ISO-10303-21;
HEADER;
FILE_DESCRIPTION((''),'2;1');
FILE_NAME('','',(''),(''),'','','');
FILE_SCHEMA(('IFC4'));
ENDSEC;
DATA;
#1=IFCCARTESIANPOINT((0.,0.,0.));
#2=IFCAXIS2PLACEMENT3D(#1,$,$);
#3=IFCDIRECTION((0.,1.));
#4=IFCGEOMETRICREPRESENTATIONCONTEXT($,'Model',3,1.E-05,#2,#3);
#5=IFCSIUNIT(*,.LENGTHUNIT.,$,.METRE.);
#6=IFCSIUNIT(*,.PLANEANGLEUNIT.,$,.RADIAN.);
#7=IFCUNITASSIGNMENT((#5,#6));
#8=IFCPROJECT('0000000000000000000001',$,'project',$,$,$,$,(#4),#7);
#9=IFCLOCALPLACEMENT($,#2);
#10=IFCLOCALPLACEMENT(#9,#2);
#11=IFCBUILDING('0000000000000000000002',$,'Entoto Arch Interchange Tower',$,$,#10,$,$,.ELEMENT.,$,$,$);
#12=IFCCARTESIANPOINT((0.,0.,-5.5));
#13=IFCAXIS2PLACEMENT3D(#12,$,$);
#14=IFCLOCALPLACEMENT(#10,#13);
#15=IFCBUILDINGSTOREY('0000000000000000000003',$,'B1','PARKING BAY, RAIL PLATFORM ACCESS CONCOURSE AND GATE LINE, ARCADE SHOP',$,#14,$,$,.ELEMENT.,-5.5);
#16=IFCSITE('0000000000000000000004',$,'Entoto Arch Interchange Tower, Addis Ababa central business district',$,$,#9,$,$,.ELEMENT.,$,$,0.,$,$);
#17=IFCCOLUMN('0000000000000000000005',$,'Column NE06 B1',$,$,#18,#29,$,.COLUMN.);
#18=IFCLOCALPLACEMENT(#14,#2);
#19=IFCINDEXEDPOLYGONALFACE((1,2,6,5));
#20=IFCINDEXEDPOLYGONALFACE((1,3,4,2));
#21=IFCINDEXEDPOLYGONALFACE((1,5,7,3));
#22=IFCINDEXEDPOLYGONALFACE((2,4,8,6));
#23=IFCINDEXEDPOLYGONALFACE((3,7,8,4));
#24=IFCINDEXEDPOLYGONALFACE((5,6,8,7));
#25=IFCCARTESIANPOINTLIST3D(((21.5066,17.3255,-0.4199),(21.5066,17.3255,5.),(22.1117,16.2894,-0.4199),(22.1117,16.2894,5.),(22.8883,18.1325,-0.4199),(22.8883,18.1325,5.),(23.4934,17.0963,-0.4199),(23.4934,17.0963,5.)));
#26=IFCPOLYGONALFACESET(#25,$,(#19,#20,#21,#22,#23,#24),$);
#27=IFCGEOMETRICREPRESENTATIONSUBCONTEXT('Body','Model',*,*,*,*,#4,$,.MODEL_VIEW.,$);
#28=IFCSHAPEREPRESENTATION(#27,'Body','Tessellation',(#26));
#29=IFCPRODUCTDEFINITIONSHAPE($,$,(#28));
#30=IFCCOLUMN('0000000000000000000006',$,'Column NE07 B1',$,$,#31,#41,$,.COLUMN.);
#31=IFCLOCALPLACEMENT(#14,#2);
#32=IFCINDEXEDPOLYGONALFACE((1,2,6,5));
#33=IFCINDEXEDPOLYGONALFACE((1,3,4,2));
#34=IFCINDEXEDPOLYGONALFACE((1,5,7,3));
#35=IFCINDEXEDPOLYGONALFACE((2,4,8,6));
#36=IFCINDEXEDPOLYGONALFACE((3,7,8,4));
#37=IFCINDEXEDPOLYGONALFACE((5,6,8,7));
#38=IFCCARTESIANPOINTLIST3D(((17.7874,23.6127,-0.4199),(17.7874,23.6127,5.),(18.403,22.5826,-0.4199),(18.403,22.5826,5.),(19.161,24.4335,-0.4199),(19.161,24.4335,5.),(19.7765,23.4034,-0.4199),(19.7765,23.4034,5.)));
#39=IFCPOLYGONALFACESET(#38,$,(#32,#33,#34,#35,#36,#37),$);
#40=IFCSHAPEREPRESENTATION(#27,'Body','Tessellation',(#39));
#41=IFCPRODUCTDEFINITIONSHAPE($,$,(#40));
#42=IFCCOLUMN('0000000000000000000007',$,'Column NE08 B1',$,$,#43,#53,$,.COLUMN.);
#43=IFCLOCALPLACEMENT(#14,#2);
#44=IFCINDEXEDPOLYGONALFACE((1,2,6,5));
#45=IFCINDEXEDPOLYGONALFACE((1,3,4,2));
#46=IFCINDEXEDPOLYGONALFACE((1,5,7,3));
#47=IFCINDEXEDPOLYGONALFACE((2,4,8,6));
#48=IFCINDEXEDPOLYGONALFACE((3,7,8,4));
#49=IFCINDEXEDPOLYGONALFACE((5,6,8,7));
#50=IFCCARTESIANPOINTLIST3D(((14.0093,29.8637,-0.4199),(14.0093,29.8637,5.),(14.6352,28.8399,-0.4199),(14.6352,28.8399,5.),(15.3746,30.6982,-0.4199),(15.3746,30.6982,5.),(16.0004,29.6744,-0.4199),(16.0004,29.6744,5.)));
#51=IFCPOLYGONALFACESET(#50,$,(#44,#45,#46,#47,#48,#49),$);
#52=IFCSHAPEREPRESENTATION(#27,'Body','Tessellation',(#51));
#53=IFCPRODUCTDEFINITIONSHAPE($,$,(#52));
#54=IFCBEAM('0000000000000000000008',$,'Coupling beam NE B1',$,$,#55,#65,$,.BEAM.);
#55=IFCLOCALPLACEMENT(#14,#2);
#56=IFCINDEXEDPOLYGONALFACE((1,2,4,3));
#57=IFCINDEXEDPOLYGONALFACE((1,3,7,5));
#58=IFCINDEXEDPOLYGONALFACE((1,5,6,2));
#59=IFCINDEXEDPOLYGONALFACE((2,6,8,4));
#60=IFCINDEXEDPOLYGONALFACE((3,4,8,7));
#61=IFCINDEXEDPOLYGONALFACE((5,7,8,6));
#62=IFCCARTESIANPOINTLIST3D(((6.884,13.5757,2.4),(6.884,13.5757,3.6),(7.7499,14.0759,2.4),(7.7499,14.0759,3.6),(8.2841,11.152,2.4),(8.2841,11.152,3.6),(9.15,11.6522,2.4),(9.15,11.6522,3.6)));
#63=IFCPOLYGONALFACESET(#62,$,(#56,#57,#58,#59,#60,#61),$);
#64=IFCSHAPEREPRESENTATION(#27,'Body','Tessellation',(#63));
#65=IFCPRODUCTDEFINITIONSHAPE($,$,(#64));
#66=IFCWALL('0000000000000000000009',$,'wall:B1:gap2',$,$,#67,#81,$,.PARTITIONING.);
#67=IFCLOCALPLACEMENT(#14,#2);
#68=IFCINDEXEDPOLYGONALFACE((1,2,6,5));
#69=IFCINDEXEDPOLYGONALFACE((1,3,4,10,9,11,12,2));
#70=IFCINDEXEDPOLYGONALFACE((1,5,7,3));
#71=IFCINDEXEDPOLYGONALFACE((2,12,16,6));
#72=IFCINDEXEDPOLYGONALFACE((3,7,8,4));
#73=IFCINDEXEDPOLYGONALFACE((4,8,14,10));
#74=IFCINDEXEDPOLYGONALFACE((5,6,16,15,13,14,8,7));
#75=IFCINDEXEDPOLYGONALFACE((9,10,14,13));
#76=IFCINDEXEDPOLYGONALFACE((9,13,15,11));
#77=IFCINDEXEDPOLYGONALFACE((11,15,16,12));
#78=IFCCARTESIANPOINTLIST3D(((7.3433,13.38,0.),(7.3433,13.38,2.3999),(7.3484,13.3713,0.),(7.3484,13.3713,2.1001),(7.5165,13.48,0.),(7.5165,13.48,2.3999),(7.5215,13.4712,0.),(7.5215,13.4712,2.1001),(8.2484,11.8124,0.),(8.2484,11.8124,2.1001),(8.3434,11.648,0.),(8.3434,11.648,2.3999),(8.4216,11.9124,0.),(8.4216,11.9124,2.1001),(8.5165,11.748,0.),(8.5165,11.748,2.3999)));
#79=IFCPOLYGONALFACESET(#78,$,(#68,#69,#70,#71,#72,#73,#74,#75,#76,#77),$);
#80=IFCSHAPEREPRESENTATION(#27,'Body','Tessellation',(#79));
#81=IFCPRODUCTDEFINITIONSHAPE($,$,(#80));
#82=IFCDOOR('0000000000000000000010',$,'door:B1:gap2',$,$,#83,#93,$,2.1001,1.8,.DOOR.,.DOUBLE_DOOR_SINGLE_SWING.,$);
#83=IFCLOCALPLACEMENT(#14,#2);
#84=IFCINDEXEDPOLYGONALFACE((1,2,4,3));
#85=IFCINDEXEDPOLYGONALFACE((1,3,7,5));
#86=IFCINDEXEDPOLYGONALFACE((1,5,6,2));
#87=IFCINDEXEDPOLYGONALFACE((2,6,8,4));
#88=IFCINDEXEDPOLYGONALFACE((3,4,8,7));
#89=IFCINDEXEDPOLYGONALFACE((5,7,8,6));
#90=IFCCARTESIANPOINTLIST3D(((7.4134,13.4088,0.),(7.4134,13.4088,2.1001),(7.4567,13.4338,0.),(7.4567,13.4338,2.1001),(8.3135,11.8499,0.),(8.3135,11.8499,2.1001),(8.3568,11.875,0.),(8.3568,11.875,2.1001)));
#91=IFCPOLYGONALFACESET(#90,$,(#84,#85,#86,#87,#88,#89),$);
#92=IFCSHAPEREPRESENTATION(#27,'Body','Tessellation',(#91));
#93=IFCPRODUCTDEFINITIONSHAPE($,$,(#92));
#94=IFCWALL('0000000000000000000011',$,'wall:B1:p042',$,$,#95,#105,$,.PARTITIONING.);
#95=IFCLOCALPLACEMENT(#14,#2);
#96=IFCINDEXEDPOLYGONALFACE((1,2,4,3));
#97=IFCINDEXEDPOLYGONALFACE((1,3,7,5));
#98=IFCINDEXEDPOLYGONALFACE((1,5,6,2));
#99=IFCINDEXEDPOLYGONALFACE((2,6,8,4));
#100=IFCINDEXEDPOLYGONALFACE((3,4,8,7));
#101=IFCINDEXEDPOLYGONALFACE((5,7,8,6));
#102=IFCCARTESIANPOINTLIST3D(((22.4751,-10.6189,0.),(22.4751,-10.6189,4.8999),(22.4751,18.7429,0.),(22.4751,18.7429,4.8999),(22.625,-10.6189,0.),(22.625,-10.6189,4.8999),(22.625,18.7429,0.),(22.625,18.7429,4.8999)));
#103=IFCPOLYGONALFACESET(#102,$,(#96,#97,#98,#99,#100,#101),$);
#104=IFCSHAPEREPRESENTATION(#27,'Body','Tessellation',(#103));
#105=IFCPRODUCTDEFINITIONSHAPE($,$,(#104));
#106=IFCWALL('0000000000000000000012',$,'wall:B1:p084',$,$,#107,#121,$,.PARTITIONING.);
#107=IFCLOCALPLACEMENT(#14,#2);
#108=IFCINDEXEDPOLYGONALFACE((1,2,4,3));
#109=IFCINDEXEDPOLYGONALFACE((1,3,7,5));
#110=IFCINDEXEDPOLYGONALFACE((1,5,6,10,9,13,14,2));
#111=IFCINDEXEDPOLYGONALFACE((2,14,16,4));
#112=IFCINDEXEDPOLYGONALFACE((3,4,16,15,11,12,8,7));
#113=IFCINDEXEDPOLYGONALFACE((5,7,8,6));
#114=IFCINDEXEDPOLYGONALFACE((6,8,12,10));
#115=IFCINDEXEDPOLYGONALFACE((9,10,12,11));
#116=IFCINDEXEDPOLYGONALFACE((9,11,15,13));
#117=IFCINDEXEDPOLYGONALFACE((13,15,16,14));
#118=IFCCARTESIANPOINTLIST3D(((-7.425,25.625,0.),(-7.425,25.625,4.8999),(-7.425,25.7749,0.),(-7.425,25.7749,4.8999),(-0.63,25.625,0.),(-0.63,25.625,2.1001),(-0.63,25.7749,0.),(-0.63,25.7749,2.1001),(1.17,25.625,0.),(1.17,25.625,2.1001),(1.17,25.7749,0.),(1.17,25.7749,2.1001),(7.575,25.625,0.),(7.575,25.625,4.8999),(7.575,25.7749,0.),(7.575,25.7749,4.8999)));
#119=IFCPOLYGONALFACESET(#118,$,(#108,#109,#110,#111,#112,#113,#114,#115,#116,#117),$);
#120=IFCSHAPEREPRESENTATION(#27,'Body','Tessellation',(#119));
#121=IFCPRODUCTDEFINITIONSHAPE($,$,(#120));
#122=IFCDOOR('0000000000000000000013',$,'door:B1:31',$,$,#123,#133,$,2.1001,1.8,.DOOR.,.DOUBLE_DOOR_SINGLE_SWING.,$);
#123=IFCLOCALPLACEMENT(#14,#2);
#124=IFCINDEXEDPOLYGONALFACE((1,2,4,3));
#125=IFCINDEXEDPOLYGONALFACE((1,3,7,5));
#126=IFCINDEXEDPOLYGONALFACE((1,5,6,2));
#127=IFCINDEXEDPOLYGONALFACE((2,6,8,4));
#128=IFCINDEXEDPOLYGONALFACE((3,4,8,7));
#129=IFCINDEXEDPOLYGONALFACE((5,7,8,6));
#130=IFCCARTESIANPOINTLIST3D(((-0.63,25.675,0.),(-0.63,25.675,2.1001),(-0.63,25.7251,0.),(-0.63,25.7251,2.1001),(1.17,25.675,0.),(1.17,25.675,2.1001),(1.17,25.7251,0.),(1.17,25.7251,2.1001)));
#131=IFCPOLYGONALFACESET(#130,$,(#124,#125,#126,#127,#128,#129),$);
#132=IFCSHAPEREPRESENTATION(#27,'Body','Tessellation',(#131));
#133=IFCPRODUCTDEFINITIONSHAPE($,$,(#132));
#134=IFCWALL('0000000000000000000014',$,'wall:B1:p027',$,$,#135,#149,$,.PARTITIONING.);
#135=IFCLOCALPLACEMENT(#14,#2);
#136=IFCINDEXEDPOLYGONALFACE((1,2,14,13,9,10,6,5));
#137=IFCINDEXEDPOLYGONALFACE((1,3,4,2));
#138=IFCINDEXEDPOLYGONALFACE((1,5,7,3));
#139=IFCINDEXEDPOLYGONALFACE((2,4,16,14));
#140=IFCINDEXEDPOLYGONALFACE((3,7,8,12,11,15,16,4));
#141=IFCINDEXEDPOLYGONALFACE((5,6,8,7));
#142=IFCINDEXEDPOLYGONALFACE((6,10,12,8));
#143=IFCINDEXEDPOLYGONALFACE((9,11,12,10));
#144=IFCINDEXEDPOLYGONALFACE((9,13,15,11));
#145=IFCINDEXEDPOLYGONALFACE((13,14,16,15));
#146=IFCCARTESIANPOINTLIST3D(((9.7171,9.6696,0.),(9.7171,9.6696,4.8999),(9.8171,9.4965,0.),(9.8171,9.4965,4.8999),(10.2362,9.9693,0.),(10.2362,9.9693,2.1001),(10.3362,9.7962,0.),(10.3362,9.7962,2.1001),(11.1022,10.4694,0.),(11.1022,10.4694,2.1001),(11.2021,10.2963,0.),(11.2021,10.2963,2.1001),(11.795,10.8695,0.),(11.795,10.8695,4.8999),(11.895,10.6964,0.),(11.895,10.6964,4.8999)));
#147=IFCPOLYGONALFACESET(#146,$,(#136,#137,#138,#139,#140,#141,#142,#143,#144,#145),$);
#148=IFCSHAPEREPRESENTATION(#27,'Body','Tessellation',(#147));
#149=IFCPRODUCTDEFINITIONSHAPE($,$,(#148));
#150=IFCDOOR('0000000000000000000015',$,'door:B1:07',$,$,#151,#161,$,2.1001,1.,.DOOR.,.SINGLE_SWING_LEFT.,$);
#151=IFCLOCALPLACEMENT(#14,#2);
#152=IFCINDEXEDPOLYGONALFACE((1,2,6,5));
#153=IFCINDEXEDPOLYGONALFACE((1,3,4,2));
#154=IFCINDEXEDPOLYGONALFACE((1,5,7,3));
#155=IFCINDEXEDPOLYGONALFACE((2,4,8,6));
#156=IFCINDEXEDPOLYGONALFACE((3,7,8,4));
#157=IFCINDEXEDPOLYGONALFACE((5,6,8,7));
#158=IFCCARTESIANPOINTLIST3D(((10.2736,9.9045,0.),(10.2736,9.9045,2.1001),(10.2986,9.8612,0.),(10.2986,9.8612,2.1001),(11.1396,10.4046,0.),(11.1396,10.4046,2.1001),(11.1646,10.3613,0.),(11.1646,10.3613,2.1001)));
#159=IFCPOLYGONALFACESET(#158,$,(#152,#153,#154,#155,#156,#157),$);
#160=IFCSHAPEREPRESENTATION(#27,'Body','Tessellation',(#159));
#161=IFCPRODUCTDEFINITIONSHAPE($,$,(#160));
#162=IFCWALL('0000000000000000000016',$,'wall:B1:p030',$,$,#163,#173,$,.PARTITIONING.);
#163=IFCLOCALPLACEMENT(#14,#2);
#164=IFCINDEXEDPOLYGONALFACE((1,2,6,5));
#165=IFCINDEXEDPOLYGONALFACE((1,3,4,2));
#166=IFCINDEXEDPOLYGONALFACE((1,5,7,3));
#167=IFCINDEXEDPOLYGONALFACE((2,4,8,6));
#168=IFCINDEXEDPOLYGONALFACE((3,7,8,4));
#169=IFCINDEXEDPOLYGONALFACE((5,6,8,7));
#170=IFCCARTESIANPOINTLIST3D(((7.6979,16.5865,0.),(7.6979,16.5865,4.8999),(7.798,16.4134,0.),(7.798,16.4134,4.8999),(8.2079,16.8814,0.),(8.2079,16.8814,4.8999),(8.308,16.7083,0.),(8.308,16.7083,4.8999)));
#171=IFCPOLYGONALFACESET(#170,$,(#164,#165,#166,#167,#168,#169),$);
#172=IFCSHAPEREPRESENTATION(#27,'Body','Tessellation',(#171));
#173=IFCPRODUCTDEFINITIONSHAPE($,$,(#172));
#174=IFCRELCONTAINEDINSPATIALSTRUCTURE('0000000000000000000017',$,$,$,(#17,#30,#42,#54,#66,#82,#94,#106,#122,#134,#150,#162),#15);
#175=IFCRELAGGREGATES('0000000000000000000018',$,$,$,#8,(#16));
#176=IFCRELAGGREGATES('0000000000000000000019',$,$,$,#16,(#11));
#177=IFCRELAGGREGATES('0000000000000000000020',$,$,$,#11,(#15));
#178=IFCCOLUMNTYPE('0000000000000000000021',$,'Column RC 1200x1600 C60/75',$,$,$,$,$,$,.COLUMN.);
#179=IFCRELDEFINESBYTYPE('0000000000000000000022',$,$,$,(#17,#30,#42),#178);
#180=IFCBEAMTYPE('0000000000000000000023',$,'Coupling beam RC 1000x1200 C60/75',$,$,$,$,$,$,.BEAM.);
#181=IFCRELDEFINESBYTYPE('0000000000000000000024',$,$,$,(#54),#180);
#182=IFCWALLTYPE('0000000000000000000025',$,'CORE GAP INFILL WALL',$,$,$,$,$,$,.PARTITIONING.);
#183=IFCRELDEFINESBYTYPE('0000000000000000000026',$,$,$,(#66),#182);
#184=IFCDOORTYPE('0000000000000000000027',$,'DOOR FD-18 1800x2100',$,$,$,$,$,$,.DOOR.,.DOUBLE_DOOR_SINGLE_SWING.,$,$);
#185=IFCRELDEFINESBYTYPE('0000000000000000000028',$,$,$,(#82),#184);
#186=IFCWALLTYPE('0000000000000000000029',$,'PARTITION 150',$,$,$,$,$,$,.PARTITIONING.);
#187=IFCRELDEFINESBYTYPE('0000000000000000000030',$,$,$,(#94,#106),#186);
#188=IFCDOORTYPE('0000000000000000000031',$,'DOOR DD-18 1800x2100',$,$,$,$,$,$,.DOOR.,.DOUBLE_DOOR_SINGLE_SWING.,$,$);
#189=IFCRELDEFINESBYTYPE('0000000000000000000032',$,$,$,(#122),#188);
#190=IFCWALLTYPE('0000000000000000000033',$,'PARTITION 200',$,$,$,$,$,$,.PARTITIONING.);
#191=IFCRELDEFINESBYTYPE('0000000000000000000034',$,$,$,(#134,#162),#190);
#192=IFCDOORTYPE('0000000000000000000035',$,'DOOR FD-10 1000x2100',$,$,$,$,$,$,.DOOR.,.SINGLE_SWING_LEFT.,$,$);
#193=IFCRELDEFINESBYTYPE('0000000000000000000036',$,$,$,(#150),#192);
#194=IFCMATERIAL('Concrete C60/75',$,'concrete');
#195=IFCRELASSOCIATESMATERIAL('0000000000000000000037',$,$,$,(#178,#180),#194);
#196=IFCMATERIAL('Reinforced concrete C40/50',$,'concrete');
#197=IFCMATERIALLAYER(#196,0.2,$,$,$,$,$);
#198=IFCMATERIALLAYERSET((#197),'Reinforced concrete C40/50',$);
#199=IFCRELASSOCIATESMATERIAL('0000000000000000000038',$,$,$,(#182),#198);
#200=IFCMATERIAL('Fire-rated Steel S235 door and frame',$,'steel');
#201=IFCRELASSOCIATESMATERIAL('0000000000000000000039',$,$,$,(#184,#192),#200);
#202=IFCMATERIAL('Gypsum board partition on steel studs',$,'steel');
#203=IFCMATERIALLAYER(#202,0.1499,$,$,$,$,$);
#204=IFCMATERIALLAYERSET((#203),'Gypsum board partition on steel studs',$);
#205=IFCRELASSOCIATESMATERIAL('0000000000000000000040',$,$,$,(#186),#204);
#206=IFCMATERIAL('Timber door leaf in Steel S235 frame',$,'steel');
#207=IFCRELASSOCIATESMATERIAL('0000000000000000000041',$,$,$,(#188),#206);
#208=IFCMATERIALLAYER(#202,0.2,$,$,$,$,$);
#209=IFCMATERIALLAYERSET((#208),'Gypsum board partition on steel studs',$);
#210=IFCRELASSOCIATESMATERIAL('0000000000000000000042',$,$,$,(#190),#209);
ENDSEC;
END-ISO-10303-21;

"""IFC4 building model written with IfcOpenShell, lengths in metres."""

from ifc_helpers import new_model, si_unit, direction, frame, frame_2d, origin, origin_2d, place, context, subcontext, project, spatial, rectangle, extrude, material, layer, layer_set, material_profile, profile_set, type_object, element, fill, save


model = new_model("IFC4")

# Units and contexts
model_context = context("Model", 3, precision=1e-05, world=origin(), true_north=direction((0.0, 1.0)))
body_context = subcontext(model_context, "Body", "Model", "MODEL_VIEW")
ifc_project = project(units=[si_unit("LENGTHUNIT", "METRE"), si_unit("PLANEANGLEUNIT", "RADIAN")], contexts=[model_context])

# Site, building, storey
site_placement = place(None, origin())
site = spatial("IfcSite", under=ifc_project, at=site_placement, Name="Entoto Arch Interchange Tower, Addis Ababa central business district", CompositionType="ELEMENT", RefElevation=0.0)
building_placement = place(site_placement, origin())
building = spatial("IfcBuilding", under=site, at=building_placement, Name="Entoto Arch Interchange Tower", CompositionType="ELEMENT")
storey_placement = place(building_placement, frame((0.0, 0.0, -5.5)))
storey = spatial("IfcBuildingStorey", under=building, at=storey_placement, Name="B1", Description="PARKING BAY, RAIL PLATFORM ACCESS CONCOURSE AND GATE LINE, ARCADE SHOP", CompositionType="ELEMENT", Elevation=-5.5)

# Columns
ifc_material_1 = material(Name="Concrete C60/75", Category="concrete")
ifc_material_profile_1 = material_profile(ifc_material_1, rectangle(XDim=1.2, YDim=1.6001, at=origin_2d()))
ifc_profile_set_1 = profile_set([ifc_material_profile_1], Name="Concrete C60/75")
column_type = type_object("IfcColumnType", Name="Column RC 1200x1600 C60/75", PredefinedType="COLUMN", material=ifc_profile_set_1)
for number, where, z_axis, x_axis, name in (
    (1, (22.5, 17.2109, -0.4199), (0.0, 0.0, 1.0), (-0.504332, 0.86351, 0.0), "Column NE06 B1"),
    (2, (18.782, 23.5081, -0.4199), (0.0, 0.0, 1.0), (-0.512972, 0.858405, 0.0), "Column NE07 B1"),
    (3, (15.0049, 29.769, -0.4199), (0.0, 0.0, 1.0), (-0.521546, 0.853223, 0.0), "Column NE08 B1"),
):
    element("IfcColumn", number, at=place(storey_placement, frame(where, z_axis=z_axis, x_axis=x_axis)), inside=storey, type_object=column_type, Name=name, PredefinedType="COLUMN", context=body_context, shape_type="SweptSolid", body=[
        extrude(rectangle(XDim=1.2, YDim=1.6001, at=origin_2d()), origin(), (0.0, 0.0, 1.0), 5.4199),
    ])

# Beam
ifc_material_profile_2 = material_profile(ifc_material_1, rectangle(XDim=1.0, YDim=1.2, at=origin_2d()))
ifc_profile_set_2 = profile_set([ifc_material_profile_2], Name="Concrete C60/75")
beam_type = type_object("IfcBeamType", Name="Coupling beam RC 1000x1200 C60/75", PredefinedType="BEAM", material=ifc_profile_set_2)
beam_placement = place(storey_placement, frame((8.717, 11.4021, 3.0), z_axis=(-0.500201, 0.86591, 0.0), x_axis=(-0.86591, -0.500201, 0.0)))
element("IfcBeam", 4, at=beam_placement, inside=storey, type_object=beam_type, Name="Coupling beam NE B1", PredefinedType="BEAM", context=body_context, shape_type="SweptSolid", body=[
    extrude(rectangle(XDim=1.0, YDim=1.2, at=origin_2d()), origin(), (0.0, 0.0, 1.0), 2.7991),
])

# Wall, opening, door
ifc_material_2 = material(Name="Reinforced concrete C40/50", Category="concrete")
ifc_layer_1 = layer(ifc_material_2, 0.2)
ifc_layer_set_1 = layer_set([ifc_layer_1], Name="Reinforced concrete C40/50")
wall_type_1 = type_object("IfcWallType", Name="CORE GAP INFILL WALL", PredefinedType="PARTITIONING", material=ifc_layer_set_1)
wall_1_placement = place(storey_placement, frame((8.4299, 11.698, 0.0), z_axis=(0.0, 0.0, 1.0), x_axis=(-0.500025, 0.866011, 0.0)))
wall_1 = element("IfcWall", 5, at=wall_1_placement, inside=storey, type_object=wall_type_1, Name="wall:B1:gap2", PredefinedType="PARTITIONING", context=body_context, shape_type="SweptSolid", body=[
    extrude(rectangle(XDim=2.0, YDim=0.2, at=frame_2d((1.0, 0.0))), origin(), (0.0, 0.0, 1.0), 2.3999),
])
opening_1_placement = place(wall_1_placement, frame((0.1899, 0.0, 0.0)))
opening_1 = element("IfcOpeningElement", 6, at=opening_1_placement, cuts=wall_1, PredefinedType="OPENING", context=body_context, shape_type="SweptSolid", body=[
    extrude(rectangle(XDim=1.8, YDim=2.1001, at=frame_2d((0.8999, 1.05))), frame((0.0, 0.1099, 0.0), z_axis=(0.0, -1.0, 0.0), x_axis=(1.0, 0.0, 0.0)), (0.0, 0.0, 1.0), 0.22),
])
ifc_material_3 = material(Name="Fire-rated Steel S235 door and frame", Category="steel")
door_type_1 = type_object("IfcDoorType", Name="DOOR FD-18 1800x2100", OperationType="DOUBLE_DOOR_SINGLE_SWING", PredefinedType="DOOR", material=ifc_material_3)
door_1_placement = place(opening_1_placement, origin())
door_1 = element("IfcDoor", 7, at=door_1_placement, inside=storey, type_object=door_type_1, Name="door:B1:gap2", OperationType="DOUBLE_DOOR_SINGLE_SWING", OverallHeight=2.1001, OverallWidth=1.8, PredefinedType="DOOR", context=body_context, shape_type="SweptSolid", body=[
    extrude(rectangle(XDim=1.8, YDim=2.1001, at=frame_2d((0.8999, 1.05))), frame((0.0, 0.0249, 0.0), z_axis=(0.0, -1.0, 0.0), x_axis=(1.0, 0.0, 0.0)), (0.0, 0.0, 1.0), 0.05),
])
fill(opening_1, door_1)

# Wall
ifc_material_4 = material(Name="Gypsum board partition on steel studs", Category="steel")
ifc_layer_2 = layer(ifc_material_4, 0.1499)
ifc_layer_set_2 = layer_set([ifc_layer_2], Name="Gypsum board partition on steel studs")
wall_type_2 = type_object("IfcWallType", Name="PARTITION 150", PredefinedType="PARTITIONING", material=ifc_layer_set_2)
wall_2_placement = place(storey_placement, frame((22.55, 18.7429, 0.0), z_axis=(0.0, 0.0, 1.0), x_axis=(0.0, -1.0, 0.0)))
element("IfcWall", 8, at=wall_2_placement, inside=storey, type_object=wall_type_2, Name="wall:B1:p042", PredefinedType="PARTITIONING", context=body_context, shape_type="SweptSolid", body=[
    extrude(rectangle(XDim=29.3618, YDim=0.1499, at=frame_2d((14.6809, 0.0))), origin(), (0.0, 0.0, 1.0), 4.8999),
])

# Walls, openings, doors
wall_3_placement = place(storey_placement, frame((7.575, 25.7, 0.0), z_axis=(0.0, 0.0, 1.0), x_axis=(-1.0, 0.0, 0.0)))
wall_3 = element("IfcWall", 9, at=wall_3_placement, inside=storey, type_object=wall_type_2, Name="wall:B1:p084", PredefinedType="PARTITIONING", context=body_context, shape_type="SweptSolid", body=[
    extrude(rectangle(XDim=15.0, YDim=0.1499, at=frame_2d((7.5, 0.0))), origin(), (0.0, 0.0, 1.0), 4.8999),
])
opening_2_placement = place(wall_3_placement, frame((6.405, 0.0, 0.0)))
opening_2 = element("IfcOpeningElement", 10, at=opening_2_placement, cuts=wall_3, PredefinedType="OPENING", context=body_context, shape_type="SweptSolid", body=[
    extrude(rectangle(XDim=1.8, YDim=2.1001, at=frame_2d((0.8999, 1.05))), frame((0.0, 0.085, 0.0), z_axis=(0.0, -1.0, 0.0), x_axis=(1.0, 0.0, 0.0)), (0.0, 0.0, 1.0), 0.1699),
])
ifc_material_5 = material(Name="Timber door leaf in Steel S235 frame", Category="steel")
door_type_2 = type_object("IfcDoorType", Name="DOOR DD-18 1800x2100", OperationType="DOUBLE_DOOR_SINGLE_SWING", PredefinedType="DOOR", material=ifc_material_5)
door_2_placement = place(opening_2_placement, origin())
door_2 = element("IfcDoor", 11, at=door_2_placement, inside=storey, type_object=door_type_2, Name="door:B1:31", OperationType="DOUBLE_DOOR_SINGLE_SWING", OverallHeight=2.1001, OverallWidth=1.8, PredefinedType="DOOR", context=body_context, shape_type="SweptSolid", body=[
    extrude(rectangle(XDim=1.8, YDim=2.1001, at=frame_2d((0.8999, 1.05))), frame((0.0, 0.0249, 0.0), z_axis=(0.0, -1.0, 0.0), x_axis=(1.0, 0.0, 0.0)), (0.0, 0.0, 1.0), 0.05),
])
fill(opening_2, door_2)
ifc_layer_3 = layer(ifc_material_4, 0.2)
ifc_layer_set_3 = layer_set([ifc_layer_3], Name="Gypsum board partition on steel studs")
wall_type_3 = type_object("IfcWallType", Name="PARTITION 200", PredefinedType="PARTITIONING", material=ifc_layer_set_3)
wall_4_placement = place(storey_placement, frame((11.845, 10.783, 0.0), z_axis=(0.0, 0.0, 1.0), x_axis=(-0.865974, -0.500089, 0.0)))
wall_4 = element("IfcWall", 12, at=wall_4_placement, inside=storey, type_object=wall_type_3, Name="wall:B1:p027", PredefinedType="PARTITIONING", context=body_context, shape_type="SweptSolid", body=[
    extrude(rectangle(XDim=2.3994, YDim=0.2, at=frame_2d((1.1997, 0.0))), origin(), (0.0, 0.0, 1.0), 4.8999),
])
opening_3_placement = place(wall_4_placement, frame((0.8, 0.0, 0.0)))
opening_3 = element("IfcOpeningElement", 13, at=opening_3_placement, cuts=wall_4, PredefinedType="OPENING", context=body_context, shape_type="SweptSolid", body=[
    extrude(rectangle(XDim=1.0, YDim=2.1001, at=frame_2d((0.5, 1.05))), frame((0.0, 0.1099, 0.0), z_axis=(0.0, -1.0, 0.0), x_axis=(1.0, 0.0, 0.0)), (0.0, 0.0, 1.0), 0.22),
])
door_type_3 = type_object("IfcDoorType", Name="DOOR FD-10 1000x2100", OperationType="SINGLE_SWING_LEFT", PredefinedType="DOOR", material=ifc_material_3)
door_3_placement = place(opening_3_placement, origin())
door_3 = element("IfcDoor", 14, at=door_3_placement, inside=storey, type_object=door_type_3, Name="door:B1:07", OperationType="SINGLE_SWING_LEFT", OverallHeight=2.1001, OverallWidth=1.0, PredefinedType="DOOR", context=body_context, shape_type="SweptSolid", body=[
    extrude(rectangle(XDim=1.0, YDim=2.1001, at=frame_2d((0.5, 1.05))), frame((0.0, 0.0249, 0.0), z_axis=(0.0, -1.0, 0.0), x_axis=(1.0, 0.0, 0.0)), (0.0, 0.0, 1.0), 0.05),
])
fill(opening_3, door_3)

# Wall
wall_5_placement = place(storey_placement, frame((7.748, 16.5, 0.0), z_axis=(0.0, 0.0, 1.0), x_axis=(0.865682, 0.500595, 0.0)))
element("IfcWall", 15, at=wall_5_placement, inside=storey, type_object=wall_type_3, Name="wall:B1:p030", PredefinedType="PARTITIONING", context=body_context, shape_type="SweptSolid", body=[
    extrude(rectangle(XDim=0.5891, YDim=0.2, at=frame_2d((0.2944, 0.0))), origin(), (0.0, 0.0, 1.0), 4.8999),
])

save(model, "model.ifc")
